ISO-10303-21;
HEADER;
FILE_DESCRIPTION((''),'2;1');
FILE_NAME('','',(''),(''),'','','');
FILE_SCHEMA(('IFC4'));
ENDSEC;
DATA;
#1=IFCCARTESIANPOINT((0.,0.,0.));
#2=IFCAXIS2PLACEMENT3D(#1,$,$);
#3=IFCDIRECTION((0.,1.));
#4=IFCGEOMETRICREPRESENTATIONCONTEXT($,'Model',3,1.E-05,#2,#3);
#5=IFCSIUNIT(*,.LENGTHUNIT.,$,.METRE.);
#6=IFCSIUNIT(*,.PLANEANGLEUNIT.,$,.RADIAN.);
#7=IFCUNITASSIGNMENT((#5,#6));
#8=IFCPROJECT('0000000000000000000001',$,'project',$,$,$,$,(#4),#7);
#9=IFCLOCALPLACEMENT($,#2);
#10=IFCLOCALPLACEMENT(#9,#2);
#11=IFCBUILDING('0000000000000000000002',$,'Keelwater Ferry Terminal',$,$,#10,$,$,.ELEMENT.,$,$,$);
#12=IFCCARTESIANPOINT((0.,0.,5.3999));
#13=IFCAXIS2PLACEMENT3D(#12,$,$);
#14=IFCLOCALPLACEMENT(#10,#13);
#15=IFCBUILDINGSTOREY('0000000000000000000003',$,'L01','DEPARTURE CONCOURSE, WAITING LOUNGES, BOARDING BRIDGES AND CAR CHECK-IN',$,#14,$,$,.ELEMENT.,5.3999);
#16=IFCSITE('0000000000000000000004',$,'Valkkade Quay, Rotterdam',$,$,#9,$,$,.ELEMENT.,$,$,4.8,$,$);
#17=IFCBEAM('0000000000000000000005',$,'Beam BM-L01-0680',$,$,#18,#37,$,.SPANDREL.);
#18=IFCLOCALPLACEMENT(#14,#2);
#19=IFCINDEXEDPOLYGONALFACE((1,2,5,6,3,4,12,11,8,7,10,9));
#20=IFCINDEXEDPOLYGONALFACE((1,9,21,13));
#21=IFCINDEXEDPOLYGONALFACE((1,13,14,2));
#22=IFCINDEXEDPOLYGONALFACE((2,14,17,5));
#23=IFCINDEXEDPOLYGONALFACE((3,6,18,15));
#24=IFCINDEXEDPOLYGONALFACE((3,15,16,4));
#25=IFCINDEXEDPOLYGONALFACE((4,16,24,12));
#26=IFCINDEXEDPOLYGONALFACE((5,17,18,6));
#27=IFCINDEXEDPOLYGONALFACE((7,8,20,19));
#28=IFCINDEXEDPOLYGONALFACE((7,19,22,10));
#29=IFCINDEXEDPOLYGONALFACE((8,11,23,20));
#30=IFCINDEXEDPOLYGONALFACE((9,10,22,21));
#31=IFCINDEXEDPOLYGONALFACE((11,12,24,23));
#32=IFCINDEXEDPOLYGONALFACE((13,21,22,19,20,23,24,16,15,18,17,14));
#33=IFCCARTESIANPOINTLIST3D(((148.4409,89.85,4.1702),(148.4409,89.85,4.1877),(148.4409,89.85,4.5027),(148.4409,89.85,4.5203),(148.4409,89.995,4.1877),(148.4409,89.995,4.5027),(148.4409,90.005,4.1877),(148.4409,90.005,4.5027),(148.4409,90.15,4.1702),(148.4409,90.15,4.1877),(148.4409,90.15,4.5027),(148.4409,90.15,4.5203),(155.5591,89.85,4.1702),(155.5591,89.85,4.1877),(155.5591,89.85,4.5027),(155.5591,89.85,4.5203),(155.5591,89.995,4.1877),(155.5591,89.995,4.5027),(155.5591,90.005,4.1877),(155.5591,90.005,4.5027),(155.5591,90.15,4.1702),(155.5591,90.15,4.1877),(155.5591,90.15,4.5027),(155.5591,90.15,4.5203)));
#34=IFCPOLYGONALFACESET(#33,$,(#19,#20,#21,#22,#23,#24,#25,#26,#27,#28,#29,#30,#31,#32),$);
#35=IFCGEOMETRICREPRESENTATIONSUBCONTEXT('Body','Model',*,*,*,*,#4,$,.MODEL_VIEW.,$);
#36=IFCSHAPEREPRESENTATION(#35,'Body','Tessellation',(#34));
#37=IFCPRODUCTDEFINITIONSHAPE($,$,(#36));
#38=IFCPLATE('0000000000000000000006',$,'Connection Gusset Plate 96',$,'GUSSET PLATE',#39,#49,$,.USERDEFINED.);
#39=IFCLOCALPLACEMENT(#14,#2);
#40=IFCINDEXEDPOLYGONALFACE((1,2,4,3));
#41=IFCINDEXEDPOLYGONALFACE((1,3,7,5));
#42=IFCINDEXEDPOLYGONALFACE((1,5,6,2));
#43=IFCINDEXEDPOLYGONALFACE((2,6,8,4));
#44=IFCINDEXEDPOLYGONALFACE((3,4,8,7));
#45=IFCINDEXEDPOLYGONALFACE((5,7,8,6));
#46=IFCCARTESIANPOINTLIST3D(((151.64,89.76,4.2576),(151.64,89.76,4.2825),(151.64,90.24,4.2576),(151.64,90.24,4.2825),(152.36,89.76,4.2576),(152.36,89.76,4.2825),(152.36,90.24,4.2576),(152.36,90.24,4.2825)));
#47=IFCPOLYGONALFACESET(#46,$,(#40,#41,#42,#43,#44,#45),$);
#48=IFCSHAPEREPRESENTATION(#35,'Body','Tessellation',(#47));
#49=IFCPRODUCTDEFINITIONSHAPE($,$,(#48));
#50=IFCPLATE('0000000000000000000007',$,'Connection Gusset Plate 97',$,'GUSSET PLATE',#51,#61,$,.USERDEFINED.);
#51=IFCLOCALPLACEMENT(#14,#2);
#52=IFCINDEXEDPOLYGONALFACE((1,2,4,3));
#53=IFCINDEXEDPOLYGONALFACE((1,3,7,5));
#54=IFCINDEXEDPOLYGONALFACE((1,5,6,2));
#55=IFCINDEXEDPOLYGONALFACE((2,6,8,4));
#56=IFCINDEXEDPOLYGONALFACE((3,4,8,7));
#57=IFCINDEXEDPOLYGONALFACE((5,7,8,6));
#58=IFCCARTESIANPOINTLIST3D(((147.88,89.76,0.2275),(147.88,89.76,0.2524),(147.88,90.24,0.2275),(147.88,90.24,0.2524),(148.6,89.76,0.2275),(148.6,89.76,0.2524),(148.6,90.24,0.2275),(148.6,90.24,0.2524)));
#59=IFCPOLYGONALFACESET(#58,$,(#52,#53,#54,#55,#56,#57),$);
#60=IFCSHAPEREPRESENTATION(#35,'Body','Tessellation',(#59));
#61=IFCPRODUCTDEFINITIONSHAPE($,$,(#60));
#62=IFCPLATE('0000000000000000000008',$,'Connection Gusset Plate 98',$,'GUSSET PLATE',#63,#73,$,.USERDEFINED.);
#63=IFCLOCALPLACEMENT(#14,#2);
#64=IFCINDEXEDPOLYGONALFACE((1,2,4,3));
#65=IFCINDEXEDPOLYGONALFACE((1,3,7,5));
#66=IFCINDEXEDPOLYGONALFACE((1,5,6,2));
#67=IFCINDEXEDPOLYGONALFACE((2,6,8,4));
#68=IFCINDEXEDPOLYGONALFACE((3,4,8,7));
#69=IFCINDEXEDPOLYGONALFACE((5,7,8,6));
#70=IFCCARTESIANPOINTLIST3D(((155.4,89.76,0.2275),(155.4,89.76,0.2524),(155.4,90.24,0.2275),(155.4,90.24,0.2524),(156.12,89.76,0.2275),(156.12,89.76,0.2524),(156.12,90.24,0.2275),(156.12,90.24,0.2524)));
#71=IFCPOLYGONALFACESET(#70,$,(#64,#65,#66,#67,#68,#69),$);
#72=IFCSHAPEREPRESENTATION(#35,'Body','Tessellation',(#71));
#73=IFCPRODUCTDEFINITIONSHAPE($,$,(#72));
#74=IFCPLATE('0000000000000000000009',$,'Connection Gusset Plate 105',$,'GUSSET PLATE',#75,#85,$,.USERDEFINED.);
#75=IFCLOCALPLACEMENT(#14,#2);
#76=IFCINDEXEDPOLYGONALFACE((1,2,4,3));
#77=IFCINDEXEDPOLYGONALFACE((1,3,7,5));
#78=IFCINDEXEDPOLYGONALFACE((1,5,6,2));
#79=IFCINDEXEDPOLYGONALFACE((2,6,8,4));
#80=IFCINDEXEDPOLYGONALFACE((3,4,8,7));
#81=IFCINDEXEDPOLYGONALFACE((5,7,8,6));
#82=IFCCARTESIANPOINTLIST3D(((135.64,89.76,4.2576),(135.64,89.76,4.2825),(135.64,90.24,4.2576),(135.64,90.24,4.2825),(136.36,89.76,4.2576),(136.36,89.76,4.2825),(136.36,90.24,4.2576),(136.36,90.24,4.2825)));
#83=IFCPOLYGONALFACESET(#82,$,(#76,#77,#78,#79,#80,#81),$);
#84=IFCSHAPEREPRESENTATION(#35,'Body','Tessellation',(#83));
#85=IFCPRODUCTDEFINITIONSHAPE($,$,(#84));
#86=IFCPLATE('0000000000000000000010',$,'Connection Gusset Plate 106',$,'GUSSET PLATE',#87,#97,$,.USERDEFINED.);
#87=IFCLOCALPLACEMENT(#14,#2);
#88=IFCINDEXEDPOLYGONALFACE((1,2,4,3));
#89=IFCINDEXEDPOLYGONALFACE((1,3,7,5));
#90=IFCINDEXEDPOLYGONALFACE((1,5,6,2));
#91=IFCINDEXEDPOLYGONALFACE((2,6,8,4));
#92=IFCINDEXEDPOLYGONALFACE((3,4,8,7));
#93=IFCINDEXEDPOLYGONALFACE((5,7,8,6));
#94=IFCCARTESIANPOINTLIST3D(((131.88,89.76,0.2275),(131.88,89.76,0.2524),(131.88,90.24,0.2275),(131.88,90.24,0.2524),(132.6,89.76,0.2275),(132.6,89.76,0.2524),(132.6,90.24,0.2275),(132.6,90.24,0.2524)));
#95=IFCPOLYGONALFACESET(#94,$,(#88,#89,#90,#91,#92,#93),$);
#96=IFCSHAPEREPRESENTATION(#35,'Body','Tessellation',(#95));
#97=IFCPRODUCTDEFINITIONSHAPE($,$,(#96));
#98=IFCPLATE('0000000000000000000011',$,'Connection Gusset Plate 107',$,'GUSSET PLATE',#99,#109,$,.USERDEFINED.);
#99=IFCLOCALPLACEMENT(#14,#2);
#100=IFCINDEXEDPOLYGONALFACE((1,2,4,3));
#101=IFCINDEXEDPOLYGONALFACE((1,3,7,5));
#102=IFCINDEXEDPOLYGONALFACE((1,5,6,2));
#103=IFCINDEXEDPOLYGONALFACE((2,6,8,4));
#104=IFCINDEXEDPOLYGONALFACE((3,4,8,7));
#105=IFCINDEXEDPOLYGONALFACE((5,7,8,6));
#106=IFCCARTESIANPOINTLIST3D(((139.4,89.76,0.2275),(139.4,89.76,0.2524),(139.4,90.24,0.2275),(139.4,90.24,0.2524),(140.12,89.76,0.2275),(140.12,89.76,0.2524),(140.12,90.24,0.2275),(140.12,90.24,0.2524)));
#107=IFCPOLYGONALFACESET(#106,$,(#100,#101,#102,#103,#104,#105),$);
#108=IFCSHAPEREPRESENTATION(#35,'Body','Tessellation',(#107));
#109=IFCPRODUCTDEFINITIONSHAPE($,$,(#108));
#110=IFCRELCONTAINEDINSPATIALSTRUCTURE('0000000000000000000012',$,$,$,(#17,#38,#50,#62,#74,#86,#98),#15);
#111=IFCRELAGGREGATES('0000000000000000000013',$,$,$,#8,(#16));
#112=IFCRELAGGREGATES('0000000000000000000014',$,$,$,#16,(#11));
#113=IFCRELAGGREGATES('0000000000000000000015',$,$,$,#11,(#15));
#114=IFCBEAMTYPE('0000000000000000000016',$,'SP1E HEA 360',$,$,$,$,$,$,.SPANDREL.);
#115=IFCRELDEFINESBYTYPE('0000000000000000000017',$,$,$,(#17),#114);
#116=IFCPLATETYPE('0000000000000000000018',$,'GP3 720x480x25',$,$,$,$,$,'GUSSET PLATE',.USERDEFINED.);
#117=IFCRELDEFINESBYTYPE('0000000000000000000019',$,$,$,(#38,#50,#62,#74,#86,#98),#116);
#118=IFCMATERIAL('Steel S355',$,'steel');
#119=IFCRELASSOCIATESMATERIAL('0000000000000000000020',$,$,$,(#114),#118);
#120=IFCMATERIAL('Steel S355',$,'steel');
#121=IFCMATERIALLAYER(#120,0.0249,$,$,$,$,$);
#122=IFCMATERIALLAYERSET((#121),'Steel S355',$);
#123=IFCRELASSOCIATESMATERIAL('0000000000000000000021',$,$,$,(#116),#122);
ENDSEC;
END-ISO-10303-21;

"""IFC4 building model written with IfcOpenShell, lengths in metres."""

from ifc_helpers import new_model, si_unit, direction, frame, origin, origin_2d, place, context, subcontext, project, spatial, rectangle, i_section, extrude, material, layer, layer_set, material_profile, profile_set, type_object, element, save


model = new_model("IFC4")

# Units and contexts
model_context = context("Model", 3, precision=1e-05, world=origin(), true_north=direction((0.0, 1.0)))
body_context = subcontext(model_context, "Body", "Model", "MODEL_VIEW")
ifc_project = project(units=[si_unit("LENGTHUNIT", "METRE"), si_unit("PLANEANGLEUNIT", "RADIAN")], contexts=[model_context])

# Site, building, storey
site_placement = place(None, origin())
site = spatial("IfcSite", under=ifc_project, at=site_placement, Name="Valkkade Quay, Rotterdam", CompositionType="ELEMENT", RefElevation=4.8)
building_placement = place(site_placement, origin())
building = spatial("IfcBuilding", under=site, at=building_placement, Name="Keelwater Ferry Terminal", CompositionType="ELEMENT")
storey_placement = place(building_placement, frame((0.0, 0.0, 5.3999)))
storey = spatial("IfcBuildingStorey", under=building, at=storey_placement, Name="L01", Description="DEPARTURE CONCOURSE, WAITING LOUNGES, BOARDING BRIDGES AND CAR CHECK-IN", CompositionType="ELEMENT", Elevation=5.3999)

# Beam
ifc_material_1 = material(Name="Steel S355", Category="steel")
ifc_material_profile_1 = material_profile(ifc_material_1, i_section(OverallWidth=0.3, OverallDepth=0.3501, WebThickness=0.01, FlangeThickness=0.0176, at=origin_2d()), Name="HEA 360")
ifc_profile_set_1 = profile_set([ifc_material_profile_1], Name="Steel S355")
beam_type_1 = type_object("IfcBeamType", Name="SP1E HEA 360", PredefinedType="SPANDREL", material=ifc_profile_set_1)
for number, where, z_axis, x_axis, name in (
    (1, (148.4409, 90.0, 4.3452), (1.0, 0.0, 0.0), (0.0, 1.0, 0.0), "Beam BM-L01-0680"),
):
    element("IfcBeam", number, at=place(storey_placement, frame(where, z_axis=z_axis, x_axis=x_axis)), inside=storey, type_object=beam_type_1, Name=name, PredefinedType="SPANDREL", context=body_context, shape_type="SweptSolid", body=[
        extrude(i_section(OverallWidth=0.3, OverallDepth=0.3501, WebThickness=0.01, FlangeThickness=0.0176, at=origin_2d()), origin(), (0.0, 0.0, 1.0), 7.1182),
    ])

# Plates
ifc_material_2 = material(Name="Steel S355", Category="steel")
ifc_layer = layer(ifc_material_2, 0.0249)
ifc_layer_set = layer_set([ifc_layer], Name="Steel S355")
plate_type = type_object("IfcPlateType", Name="GP3 720x480x25", ElementType="GUSSET PLATE", PredefinedType="USERDEFINED", material=ifc_layer_set)
for number, where, z_axis, x_axis, name in (
    (2, (152.0, 90.0, 4.2576), (0.0, 0.0, 1.0), (1.0, 0.0, 0.0), "Connection Gusset Plate 96"),
    (3, (148.24, 90.0, 0.2275), (0.0, 0.0, 1.0), (1.0, 0.0, 0.0), "Connection Gusset Plate 97"),
    (4, (155.76, 90.0, 0.2275), (0.0, 0.0, 1.0), (1.0, 0.0, 0.0), "Connection Gusset Plate 98"),
    (5, (136.0, 90.0, 4.2576), (0.0, 0.0, 1.0), (1.0, 0.0, 0.0), "Connection Gusset Plate 105"),
    (6, (132.24, 90.0, 0.2275), (0.0, 0.0, 1.0), (1.0, 0.0, 0.0), "Connection Gusset Plate 106"),
    (7, (139.76, 90.0, 0.2275), (0.0, 0.0, 1.0), (1.0, 0.0, 0.0), "Connection Gusset Plate 107"),
):
    element("IfcPlate", number, at=place(storey_placement, frame(where, z_axis=z_axis, x_axis=x_axis)), inside=storey, type_object=plate_type, Name=name, ObjectType="GUSSET PLATE", PredefinedType="USERDEFINED", context=body_context, shape_type="SweptSolid", body=[
        extrude(rectangle(XDim=0.72, YDim=0.48, at=origin_2d()), origin(), (0.0, 0.0, 1.0), 0.0249),
    ])

save(model, "model.ifc")
